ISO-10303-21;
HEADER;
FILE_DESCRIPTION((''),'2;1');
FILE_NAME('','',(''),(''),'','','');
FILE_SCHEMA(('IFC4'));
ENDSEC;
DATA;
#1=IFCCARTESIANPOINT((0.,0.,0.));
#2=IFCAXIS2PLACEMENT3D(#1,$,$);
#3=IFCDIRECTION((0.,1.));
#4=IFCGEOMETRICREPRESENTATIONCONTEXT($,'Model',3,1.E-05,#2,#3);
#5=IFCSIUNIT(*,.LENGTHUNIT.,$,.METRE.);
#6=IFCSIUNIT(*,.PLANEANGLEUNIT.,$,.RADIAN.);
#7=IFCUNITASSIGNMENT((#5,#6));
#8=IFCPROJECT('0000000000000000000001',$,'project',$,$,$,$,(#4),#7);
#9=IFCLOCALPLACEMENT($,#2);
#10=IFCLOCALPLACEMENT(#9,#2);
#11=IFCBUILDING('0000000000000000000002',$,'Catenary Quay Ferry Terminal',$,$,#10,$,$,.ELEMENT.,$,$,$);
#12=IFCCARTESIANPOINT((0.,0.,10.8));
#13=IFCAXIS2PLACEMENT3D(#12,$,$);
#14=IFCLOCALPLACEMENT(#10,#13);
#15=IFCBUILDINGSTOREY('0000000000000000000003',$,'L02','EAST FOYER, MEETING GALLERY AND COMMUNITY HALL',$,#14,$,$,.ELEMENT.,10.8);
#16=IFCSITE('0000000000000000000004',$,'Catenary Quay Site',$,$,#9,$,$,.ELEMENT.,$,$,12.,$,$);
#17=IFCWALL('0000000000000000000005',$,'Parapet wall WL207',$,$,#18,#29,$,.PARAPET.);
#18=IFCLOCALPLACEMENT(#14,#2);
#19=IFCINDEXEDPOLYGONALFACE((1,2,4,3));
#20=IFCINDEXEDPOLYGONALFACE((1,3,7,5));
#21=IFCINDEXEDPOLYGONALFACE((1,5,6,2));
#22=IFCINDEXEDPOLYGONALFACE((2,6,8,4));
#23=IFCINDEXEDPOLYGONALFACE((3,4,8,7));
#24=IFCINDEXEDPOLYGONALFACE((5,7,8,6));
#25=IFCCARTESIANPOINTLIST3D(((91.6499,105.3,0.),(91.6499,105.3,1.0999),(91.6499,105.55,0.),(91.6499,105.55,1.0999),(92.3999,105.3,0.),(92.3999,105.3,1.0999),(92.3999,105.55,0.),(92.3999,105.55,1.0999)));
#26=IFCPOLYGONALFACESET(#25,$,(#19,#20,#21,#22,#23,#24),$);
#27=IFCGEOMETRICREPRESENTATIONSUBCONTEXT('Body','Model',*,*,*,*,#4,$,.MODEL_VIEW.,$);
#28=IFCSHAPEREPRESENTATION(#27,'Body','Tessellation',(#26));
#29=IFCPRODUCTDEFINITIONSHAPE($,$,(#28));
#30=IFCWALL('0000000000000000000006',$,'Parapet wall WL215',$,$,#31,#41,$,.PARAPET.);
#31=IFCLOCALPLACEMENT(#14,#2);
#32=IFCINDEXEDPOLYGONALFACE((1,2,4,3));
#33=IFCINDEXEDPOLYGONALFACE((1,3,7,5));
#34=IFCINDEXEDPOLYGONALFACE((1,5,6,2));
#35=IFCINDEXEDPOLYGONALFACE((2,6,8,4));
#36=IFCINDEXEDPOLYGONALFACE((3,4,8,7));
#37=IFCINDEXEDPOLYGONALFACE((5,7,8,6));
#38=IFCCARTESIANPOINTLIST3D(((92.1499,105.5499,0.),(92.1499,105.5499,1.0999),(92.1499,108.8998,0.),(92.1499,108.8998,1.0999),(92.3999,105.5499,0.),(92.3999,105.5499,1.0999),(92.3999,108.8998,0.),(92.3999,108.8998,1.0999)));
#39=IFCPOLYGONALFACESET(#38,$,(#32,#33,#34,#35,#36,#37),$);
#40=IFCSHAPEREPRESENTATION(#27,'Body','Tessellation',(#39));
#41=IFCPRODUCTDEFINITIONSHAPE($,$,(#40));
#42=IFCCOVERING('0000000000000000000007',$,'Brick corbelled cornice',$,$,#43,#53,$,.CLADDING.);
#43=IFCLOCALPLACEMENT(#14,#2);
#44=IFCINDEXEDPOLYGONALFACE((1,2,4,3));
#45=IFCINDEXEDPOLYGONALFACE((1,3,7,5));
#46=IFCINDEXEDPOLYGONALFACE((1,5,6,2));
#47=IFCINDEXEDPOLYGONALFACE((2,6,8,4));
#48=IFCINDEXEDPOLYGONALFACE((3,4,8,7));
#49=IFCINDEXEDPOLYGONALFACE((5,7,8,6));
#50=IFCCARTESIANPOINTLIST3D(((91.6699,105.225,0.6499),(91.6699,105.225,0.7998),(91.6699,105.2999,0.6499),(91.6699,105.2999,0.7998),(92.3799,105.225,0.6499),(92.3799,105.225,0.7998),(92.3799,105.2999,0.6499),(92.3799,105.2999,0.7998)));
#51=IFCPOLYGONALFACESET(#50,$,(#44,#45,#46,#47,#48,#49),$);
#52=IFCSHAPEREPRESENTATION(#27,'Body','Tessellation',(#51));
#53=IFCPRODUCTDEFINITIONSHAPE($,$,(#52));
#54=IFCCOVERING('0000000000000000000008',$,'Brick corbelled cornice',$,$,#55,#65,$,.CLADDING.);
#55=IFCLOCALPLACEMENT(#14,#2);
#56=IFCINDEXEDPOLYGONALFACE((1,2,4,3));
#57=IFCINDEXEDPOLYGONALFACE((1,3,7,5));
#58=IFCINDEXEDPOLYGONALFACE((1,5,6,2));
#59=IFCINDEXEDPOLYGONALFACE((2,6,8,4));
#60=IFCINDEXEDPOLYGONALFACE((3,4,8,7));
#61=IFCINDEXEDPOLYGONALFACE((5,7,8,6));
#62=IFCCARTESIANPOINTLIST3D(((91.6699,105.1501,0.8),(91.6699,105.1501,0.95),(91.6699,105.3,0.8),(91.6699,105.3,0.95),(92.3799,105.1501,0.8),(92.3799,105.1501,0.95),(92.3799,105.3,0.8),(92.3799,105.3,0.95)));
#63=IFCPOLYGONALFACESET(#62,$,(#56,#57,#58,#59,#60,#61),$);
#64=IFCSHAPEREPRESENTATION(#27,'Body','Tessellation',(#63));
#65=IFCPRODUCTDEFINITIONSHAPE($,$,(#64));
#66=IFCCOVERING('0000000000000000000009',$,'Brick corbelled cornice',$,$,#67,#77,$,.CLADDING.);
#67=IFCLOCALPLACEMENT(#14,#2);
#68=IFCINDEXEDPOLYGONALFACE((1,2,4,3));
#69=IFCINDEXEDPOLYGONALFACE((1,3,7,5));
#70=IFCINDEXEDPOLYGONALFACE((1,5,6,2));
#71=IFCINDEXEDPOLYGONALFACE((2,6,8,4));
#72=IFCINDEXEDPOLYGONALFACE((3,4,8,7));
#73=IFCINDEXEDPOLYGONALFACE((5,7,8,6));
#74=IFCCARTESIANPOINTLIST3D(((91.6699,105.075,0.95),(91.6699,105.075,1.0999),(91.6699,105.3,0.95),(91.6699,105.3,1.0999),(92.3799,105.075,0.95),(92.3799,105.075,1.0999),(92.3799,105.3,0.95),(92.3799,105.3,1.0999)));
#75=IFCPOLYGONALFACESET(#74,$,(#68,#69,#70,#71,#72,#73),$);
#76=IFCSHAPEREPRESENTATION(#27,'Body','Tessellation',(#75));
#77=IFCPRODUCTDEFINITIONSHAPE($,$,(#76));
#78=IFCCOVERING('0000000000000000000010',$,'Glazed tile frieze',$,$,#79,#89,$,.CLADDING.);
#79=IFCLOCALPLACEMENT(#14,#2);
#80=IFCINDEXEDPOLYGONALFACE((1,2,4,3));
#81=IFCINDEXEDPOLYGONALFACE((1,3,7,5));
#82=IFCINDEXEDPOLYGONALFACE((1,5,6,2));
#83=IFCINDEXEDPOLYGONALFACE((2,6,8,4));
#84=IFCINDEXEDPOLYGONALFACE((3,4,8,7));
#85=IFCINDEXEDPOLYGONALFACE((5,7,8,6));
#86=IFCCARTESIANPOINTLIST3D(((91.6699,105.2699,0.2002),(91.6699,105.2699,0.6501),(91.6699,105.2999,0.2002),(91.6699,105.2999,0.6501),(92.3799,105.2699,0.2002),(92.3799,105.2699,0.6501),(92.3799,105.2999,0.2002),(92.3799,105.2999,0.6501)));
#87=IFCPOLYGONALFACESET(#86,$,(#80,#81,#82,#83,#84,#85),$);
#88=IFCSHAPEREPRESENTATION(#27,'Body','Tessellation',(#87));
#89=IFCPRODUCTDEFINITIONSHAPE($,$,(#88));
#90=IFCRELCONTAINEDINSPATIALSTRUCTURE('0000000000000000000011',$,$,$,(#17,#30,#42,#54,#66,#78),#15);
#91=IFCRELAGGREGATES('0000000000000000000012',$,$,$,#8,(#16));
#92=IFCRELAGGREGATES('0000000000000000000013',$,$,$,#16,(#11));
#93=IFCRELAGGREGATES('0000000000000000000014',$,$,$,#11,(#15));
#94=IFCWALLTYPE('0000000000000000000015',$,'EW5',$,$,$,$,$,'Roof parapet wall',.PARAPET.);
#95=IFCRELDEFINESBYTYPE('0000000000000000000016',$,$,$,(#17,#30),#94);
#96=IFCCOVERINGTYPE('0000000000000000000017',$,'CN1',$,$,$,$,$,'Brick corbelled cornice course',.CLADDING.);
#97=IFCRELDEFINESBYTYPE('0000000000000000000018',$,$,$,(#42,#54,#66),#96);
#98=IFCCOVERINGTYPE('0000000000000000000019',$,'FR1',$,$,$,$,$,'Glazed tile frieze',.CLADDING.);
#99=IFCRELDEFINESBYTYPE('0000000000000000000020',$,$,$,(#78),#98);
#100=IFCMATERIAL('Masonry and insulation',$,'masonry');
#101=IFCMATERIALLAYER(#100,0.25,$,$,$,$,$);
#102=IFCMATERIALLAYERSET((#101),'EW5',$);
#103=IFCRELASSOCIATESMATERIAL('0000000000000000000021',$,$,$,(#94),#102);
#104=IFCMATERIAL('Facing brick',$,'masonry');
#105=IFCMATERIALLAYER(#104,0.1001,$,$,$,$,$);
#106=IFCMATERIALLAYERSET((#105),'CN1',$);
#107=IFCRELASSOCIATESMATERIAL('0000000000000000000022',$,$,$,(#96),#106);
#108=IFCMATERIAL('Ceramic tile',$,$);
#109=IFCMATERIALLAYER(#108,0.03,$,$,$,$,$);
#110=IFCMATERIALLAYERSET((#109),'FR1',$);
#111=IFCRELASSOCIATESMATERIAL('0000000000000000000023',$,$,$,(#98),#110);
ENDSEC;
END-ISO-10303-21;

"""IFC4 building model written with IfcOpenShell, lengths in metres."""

from ifc_helpers import new_model, si_unit, direction, frame, frame_2d, origin, origin_2d, place, context, subcontext, project, spatial, rectangle, extrude, material, layer, layer_set, type_object, element, save


model = new_model("IFC4")

# Units and contexts
model_context = context("Model", 3, precision=1e-05, world=origin(), true_north=direction((0.0, 1.0)))
body_context = subcontext(model_context, "Body", "Model", "MODEL_VIEW")
ifc_project = project(units=[si_unit("LENGTHUNIT", "METRE"), si_unit("PLANEANGLEUNIT", "RADIAN")], contexts=[model_context])

# Site, building, storey
site_placement = place(None, origin())
site = spatial("IfcSite", under=ifc_project, at=site_placement, Name="Catenary Quay Site", CompositionType="ELEMENT", RefElevation=12.0)
building_placement = place(site_placement, origin())
building = spatial("IfcBuilding", under=site, at=building_placement, Name="Catenary Quay Ferry Terminal", CompositionType="ELEMENT")
storey_placement = place(building_placement, frame((0.0, 0.0, 10.8)))
storey = spatial("IfcBuildingStorey", under=building, at=storey_placement, Name="L02", Description="EAST FOYER, MEETING GALLERY AND COMMUNITY HALL", CompositionType="ELEMENT", Elevation=10.8)

# Walls
ifc_material_1 = material(Name="Masonry and insulation", Category="masonry")
ifc_layer_1 = layer(ifc_material_1, 0.25)
ifc_layer_set_1 = layer_set([ifc_layer_1], Name="EW5")
wall_type = type_object("IfcWallType", Name="EW5", ElementType="Roof parapet wall", PredefinedType="PARAPET", material=ifc_layer_set_1)
wall_1_placement = place(storey_placement, frame((91.6499, 105.425, 0.0), z_axis=(0.0, 0.0, 1.0), x_axis=(1.0, 0.0, 0.0)))
element("IfcWall", 1, at=wall_1_placement, inside=storey, type_object=wall_type, Name="Parapet wall WL207", PredefinedType="PARAPET", context=body_context, shape_type="SweptSolid", body=[
    extrude(rectangle(XDim=0.75, YDim=0.25, at=frame_2d((0.375, 0.0))), origin(), (0.0, 0.0, 1.0), 1.0999),
])
wall_2_placement = place(storey_placement, frame((92.2749, 105.55, 0.0), z_axis=(0.0, 0.0, 1.0), x_axis=(0.0, 1.0, 0.0)))
element("IfcWall", 2, at=wall_2_placement, inside=storey, type_object=wall_type, Name="Parapet wall WL215", PredefinedType="PARAPET", context=body_context, shape_type="SweptSolid", body=[
    extrude(rectangle(XDim=3.3499, YDim=0.25, at=frame_2d((1.6748, 0.0))), origin(), (0.0, 0.0, 1.0), 1.0999),
])

# Coverings
ifc_material_2 = material(Name="Facing brick", Category="masonry")
ifc_layer_2 = layer(ifc_material_2, 0.1001)
ifc_layer_set_2 = layer_set([ifc_layer_2], Name="CN1")
covering_type_1 = type_object("IfcCoveringType", Name="CN1", ElementType="Brick corbelled cornice course", PredefinedType="CLADDING", material=ifc_layer_set_2)
covering_1_placement = place(storey_placement, frame((92.0249, 105.2625, 0.6499), z_axis=(0.0, 0.0, 1.0), x_axis=(1.0, 0.0, 0.0)))
element("IfcCovering", 3, at=covering_1_placement, inside=storey, type_object=covering_type_1, Name="Brick corbelled cornice", PredefinedType="CLADDING", context=body_context, shape_type="SweptSolid", body=[
    extrude(rectangle(XDim=0.71, YDim=0.075, at=origin_2d()), origin(), (0.0, 0.0, 1.0), 0.1499),
])
covering_2_placement = place(storey_placement, frame((92.0249, 105.2251, 0.8), z_axis=(0.0, 0.0, 1.0), x_axis=(1.0, 0.0, 0.0)))
element("IfcCovering", 4, at=covering_2_placement, inside=storey, type_object=covering_type_1, Name="Brick corbelled cornice", PredefinedType="CLADDING", context=body_context, shape_type="SweptSolid", body=[
    extrude(rectangle(XDim=0.71, YDim=0.1499, at=origin_2d()), origin(), (0.0, 0.0, 1.0), 0.1499),
])
covering_3_placement = place(storey_placement, frame((92.0249, 105.1875, 0.95), z_axis=(0.0, 0.0, 1.0), x_axis=(1.0, 0.0, 0.0)))
element("IfcCovering", 5, at=covering_3_placement, inside=storey, type_object=covering_type_1, Name="Brick corbelled cornice", PredefinedType="CLADDING", context=body_context, shape_type="SweptSolid", body=[
    extrude(rectangle(XDim=0.71, YDim=0.2251, at=origin_2d()), origin(), (0.0, 0.0, 1.0), 0.1499),
])
ifc_material_3 = material(Name="Ceramic tile")
ifc_layer_3 = layer(ifc_material_3, 0.03)
ifc_layer_set_3 = layer_set([ifc_layer_3], Name="FR1")
covering_type_2 = type_object("IfcCoveringType", Name="FR1", ElementType="Glazed tile frieze", PredefinedType="CLADDING", material=ifc_layer_set_3)
covering_4_placement = place(storey_placement, frame((92.0249, 105.2849, 0.2002), z_axis=(0.0, 0.0, 1.0), x_axis=(1.0, 0.0, 0.0)))
element("IfcCovering", 6, at=covering_4_placement, inside=storey, type_object=covering_type_2, Name="Glazed tile frieze", PredefinedType="CLADDING", context=body_context, shape_type="SweptSolid", body=[
    extrude(rectangle(XDim=0.71, YDim=0.03, at=origin_2d()), origin(), (0.0, 0.0, 1.0), 0.45),
])

save(model, "model.ifc")
